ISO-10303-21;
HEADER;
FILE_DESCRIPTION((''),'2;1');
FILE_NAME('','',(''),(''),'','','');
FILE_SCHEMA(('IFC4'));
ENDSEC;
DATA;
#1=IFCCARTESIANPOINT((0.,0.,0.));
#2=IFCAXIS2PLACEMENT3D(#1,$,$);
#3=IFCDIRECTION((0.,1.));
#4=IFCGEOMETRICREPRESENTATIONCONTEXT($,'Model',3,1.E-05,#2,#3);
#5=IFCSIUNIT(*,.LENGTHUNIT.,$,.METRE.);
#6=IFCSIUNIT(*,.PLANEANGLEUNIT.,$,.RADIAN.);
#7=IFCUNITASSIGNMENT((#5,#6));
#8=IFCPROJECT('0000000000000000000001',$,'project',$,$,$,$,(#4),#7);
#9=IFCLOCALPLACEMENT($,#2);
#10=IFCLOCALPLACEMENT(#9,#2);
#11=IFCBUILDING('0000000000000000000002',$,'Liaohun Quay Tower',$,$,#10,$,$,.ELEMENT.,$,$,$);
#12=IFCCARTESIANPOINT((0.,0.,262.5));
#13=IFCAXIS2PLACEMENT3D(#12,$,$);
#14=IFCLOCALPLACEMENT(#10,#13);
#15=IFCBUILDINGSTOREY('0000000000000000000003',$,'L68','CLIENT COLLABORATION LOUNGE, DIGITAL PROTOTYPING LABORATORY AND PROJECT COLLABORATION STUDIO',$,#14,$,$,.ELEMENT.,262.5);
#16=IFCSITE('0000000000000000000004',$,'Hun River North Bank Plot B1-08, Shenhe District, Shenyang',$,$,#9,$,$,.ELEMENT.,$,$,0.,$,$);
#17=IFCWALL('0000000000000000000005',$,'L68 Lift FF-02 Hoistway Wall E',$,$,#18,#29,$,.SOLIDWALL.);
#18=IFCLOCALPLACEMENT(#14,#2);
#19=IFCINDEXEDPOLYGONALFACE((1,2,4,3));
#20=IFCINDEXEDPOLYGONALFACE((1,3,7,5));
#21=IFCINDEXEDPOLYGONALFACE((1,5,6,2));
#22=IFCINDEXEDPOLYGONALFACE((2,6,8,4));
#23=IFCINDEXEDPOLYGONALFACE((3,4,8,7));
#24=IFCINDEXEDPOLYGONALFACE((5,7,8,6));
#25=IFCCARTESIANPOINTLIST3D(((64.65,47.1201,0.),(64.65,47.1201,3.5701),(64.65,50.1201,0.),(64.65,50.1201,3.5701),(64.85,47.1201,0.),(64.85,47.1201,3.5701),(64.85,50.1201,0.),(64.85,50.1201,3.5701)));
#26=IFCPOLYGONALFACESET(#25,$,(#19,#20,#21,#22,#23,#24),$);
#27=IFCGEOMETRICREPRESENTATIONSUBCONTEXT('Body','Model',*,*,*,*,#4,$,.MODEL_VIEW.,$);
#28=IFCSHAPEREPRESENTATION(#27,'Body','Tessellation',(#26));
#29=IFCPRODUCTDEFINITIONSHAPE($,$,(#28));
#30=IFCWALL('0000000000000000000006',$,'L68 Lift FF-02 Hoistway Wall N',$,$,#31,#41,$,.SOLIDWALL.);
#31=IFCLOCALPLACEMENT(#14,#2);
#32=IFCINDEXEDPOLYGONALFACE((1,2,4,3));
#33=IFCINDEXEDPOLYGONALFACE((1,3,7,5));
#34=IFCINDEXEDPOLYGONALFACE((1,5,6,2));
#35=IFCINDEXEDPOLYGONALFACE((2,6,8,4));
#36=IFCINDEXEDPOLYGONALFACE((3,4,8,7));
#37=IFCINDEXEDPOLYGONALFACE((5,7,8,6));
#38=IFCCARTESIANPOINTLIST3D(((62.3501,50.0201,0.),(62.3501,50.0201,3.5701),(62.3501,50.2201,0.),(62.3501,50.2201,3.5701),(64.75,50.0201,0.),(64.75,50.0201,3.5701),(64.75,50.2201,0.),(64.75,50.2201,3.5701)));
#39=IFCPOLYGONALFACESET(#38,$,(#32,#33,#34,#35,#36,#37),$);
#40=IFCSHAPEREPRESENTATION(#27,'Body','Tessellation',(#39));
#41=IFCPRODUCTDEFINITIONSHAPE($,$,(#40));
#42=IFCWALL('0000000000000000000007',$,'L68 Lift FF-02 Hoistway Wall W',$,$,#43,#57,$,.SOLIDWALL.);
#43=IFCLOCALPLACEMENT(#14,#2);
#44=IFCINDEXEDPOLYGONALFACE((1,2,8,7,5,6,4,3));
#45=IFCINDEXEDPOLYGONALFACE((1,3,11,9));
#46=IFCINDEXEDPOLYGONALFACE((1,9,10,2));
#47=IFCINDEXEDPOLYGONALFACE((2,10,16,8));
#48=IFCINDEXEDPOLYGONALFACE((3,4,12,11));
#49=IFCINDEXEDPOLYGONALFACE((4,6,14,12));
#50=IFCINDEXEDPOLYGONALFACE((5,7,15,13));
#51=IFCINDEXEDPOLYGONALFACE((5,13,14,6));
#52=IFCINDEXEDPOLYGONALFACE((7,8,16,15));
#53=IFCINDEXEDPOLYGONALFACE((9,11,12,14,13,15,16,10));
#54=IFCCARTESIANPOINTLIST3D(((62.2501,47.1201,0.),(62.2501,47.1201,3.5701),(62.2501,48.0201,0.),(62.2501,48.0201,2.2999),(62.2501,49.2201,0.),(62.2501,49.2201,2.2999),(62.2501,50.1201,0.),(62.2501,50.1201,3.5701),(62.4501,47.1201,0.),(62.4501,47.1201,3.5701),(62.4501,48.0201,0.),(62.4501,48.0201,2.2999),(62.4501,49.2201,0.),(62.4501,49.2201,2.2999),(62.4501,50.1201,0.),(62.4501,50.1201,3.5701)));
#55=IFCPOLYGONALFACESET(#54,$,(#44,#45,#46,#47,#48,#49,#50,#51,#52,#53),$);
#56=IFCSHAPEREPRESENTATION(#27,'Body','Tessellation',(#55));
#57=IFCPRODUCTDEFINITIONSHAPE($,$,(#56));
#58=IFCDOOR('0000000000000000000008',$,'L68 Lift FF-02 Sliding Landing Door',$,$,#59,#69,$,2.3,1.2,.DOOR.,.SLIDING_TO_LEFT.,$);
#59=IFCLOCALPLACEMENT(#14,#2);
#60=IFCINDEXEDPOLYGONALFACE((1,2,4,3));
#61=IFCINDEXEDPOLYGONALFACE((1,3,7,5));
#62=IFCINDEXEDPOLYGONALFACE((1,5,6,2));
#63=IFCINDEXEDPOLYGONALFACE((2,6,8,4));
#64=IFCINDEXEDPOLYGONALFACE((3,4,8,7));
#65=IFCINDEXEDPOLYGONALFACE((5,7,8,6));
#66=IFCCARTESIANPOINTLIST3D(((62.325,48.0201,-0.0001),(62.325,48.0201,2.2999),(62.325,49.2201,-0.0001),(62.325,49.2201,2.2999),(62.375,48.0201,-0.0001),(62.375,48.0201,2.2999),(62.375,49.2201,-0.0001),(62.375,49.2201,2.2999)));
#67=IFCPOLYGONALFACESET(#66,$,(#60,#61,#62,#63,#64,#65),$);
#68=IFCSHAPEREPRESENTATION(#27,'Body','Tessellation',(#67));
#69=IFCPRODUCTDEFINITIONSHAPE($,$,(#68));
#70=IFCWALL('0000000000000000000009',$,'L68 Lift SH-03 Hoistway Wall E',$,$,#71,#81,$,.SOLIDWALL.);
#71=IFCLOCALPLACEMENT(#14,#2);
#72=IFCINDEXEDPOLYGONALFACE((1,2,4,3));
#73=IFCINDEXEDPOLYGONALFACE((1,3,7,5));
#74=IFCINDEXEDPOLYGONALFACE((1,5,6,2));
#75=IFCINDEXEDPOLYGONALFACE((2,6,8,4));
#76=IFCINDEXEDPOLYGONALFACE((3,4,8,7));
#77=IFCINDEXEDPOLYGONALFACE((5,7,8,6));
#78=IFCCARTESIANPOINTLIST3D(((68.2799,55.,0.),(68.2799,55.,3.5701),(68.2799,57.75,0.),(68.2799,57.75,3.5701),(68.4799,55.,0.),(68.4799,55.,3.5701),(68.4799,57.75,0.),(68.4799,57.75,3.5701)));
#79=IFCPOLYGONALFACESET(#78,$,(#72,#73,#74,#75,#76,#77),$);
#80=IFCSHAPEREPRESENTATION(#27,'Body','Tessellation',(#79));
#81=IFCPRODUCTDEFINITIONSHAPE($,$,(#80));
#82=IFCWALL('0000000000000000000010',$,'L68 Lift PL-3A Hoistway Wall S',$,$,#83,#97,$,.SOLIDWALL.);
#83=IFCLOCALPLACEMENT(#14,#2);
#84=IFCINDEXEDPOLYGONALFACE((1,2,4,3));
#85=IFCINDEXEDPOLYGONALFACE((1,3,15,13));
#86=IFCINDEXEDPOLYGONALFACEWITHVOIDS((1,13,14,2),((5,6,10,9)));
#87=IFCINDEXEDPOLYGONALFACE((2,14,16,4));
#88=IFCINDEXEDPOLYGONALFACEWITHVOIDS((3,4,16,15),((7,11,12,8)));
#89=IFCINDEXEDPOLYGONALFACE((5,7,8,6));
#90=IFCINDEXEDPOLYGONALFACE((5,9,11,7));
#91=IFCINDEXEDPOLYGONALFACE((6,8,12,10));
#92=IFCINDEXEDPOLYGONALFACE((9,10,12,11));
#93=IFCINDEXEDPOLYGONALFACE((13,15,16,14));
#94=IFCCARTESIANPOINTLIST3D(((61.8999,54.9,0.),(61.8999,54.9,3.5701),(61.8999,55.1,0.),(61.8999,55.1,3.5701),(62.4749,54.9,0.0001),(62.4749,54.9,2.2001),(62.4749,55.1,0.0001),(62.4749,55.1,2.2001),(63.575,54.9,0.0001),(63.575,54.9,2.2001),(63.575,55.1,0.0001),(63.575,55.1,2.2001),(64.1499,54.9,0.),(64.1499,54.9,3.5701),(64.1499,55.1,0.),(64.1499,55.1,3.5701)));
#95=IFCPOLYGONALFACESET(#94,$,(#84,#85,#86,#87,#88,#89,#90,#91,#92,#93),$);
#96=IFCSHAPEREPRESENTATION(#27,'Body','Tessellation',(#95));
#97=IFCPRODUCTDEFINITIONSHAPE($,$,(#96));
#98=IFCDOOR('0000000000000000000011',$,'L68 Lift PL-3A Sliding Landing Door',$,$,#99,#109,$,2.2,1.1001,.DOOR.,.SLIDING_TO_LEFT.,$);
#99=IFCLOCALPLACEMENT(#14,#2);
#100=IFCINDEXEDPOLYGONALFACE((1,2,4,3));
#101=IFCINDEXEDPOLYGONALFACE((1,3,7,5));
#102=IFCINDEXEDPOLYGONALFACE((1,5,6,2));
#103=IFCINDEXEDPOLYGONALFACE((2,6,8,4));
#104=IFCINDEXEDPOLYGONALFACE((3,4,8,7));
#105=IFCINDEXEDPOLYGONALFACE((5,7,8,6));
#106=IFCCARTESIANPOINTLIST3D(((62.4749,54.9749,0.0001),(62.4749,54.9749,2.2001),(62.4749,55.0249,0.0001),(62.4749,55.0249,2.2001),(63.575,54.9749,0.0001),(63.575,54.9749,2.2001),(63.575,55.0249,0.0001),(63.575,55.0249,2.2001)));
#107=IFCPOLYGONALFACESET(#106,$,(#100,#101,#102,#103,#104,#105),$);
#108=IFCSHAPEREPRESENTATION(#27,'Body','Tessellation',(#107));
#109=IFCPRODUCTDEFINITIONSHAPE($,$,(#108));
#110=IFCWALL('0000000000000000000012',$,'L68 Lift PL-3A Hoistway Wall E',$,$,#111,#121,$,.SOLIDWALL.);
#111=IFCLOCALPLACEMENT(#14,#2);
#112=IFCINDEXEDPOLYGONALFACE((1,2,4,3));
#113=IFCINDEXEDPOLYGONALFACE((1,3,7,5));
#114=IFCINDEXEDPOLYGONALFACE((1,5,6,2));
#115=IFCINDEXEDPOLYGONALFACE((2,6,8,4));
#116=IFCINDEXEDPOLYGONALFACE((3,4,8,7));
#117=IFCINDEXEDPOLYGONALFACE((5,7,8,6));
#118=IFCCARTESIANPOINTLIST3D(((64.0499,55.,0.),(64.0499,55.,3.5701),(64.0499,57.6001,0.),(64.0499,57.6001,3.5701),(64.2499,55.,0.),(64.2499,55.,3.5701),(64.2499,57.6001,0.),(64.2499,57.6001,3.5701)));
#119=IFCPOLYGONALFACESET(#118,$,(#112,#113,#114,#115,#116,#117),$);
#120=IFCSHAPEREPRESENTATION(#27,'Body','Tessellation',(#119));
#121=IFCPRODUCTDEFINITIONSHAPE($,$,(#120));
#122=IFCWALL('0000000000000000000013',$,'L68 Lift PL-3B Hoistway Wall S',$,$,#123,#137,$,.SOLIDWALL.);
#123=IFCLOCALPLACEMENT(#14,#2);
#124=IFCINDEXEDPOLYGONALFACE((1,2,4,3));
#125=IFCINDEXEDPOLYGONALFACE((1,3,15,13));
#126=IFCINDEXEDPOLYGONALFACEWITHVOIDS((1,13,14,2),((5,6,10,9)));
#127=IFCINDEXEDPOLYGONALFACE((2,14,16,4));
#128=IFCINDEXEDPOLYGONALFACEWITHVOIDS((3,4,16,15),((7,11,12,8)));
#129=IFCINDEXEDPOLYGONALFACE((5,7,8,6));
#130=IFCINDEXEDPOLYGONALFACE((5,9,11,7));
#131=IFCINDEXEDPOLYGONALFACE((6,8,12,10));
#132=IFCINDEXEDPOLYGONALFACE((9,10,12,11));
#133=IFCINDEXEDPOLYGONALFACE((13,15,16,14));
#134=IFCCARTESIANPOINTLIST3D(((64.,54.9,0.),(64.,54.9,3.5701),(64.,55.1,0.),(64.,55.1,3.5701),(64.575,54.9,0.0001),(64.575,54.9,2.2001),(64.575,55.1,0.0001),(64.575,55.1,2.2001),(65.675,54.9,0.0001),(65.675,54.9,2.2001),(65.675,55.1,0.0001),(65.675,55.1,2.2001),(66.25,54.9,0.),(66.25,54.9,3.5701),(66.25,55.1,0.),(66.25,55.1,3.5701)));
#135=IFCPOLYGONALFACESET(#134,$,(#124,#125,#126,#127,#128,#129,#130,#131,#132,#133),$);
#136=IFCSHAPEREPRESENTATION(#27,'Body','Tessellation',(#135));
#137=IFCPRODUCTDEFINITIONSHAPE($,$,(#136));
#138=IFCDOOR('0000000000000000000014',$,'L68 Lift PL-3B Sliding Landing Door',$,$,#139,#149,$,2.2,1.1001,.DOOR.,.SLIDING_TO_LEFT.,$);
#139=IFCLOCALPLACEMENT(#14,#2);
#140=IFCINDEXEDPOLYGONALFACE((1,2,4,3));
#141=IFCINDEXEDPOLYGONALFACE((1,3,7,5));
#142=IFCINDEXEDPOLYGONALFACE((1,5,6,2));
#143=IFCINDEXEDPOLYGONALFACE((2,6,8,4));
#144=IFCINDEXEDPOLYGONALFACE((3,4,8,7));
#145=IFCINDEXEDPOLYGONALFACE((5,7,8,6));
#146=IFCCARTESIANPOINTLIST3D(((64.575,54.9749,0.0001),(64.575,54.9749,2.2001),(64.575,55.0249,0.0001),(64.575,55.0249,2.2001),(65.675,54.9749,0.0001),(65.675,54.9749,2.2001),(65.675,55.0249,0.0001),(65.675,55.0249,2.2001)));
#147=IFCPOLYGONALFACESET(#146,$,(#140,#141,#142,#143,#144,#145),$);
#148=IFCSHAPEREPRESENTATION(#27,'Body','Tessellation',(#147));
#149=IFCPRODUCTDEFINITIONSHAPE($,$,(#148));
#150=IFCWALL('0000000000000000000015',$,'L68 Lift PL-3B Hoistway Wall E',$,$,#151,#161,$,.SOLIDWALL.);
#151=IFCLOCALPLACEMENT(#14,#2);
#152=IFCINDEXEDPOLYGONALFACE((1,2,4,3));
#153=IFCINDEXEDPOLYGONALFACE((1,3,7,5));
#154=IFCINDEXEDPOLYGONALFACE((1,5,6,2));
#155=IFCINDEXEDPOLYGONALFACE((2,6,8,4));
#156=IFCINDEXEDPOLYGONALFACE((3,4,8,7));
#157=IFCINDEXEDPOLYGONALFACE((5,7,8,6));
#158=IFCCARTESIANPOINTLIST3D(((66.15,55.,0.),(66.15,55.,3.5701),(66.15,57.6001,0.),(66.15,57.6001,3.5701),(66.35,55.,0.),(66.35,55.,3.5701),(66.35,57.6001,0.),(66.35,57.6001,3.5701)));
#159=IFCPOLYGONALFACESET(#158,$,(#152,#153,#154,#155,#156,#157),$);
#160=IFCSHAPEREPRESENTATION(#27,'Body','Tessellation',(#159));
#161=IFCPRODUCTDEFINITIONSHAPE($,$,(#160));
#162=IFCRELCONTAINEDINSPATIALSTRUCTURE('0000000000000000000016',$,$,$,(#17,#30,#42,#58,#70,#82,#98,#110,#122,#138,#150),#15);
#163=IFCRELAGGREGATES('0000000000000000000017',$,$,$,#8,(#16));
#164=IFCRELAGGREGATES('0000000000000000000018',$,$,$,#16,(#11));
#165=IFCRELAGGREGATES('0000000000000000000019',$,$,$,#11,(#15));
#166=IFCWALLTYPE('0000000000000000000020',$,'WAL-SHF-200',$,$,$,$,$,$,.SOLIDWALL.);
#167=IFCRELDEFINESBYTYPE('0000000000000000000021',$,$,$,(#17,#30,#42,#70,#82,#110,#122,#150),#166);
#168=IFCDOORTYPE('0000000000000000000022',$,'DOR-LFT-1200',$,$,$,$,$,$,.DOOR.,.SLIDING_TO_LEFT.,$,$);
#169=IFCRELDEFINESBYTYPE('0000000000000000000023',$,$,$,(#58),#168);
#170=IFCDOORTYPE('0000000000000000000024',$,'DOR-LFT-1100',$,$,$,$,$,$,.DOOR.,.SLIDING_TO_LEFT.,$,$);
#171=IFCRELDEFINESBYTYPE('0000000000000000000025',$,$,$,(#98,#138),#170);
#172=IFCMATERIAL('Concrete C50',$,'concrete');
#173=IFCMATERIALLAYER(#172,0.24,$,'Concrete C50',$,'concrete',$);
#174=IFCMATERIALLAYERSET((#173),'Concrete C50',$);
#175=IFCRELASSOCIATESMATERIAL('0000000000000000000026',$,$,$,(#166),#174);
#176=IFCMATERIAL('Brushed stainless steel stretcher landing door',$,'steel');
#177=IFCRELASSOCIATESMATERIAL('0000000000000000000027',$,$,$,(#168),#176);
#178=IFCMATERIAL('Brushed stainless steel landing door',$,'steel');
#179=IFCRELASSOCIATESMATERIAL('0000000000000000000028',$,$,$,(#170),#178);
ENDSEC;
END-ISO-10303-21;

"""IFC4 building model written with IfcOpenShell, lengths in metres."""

from ifc_helpers import new_model, si_unit, direction, frame, frame_2d, origin, place, context, subcontext, project, spatial, rectangle, extrude, source, transform, mapped, material, layer, layer_set, type_object, element, fill, save


model = new_model("IFC4")

# Units and contexts
model_context = context("Model", 3, precision=1e-05, world=origin(), true_north=direction((0.0, 1.0)))
body_context = subcontext(model_context, "Body", "Model", "MODEL_VIEW")
ifc_project = project(units=[si_unit("LENGTHUNIT", "METRE"), si_unit("PLANEANGLEUNIT", "RADIAN")], contexts=[model_context])

# Site, building, storey
site_placement = place(None, origin())
site = spatial("IfcSite", under=ifc_project, at=site_placement, Name="Hun River North Bank Plot B1-08, Shenhe District, Shenyang", CompositionType="ELEMENT", RefElevation=0.0)
building_placement = place(site_placement, origin())
building = spatial("IfcBuilding", under=site, at=building_placement, Name="Liaohun Quay Tower", CompositionType="ELEMENT")
storey_placement = place(building_placement, frame((0.0, 0.0, 262.5)))
storey = spatial("IfcBuildingStorey", under=building, at=storey_placement, Name="L68", Description="CLIENT COLLABORATION LOUNGE, DIGITAL PROTOTYPING LABORATORY AND PROJECT COLLABORATION STUDIO", CompositionType="ELEMENT", Elevation=262.5)

# Shared definitions
ifc_material_1 = material(Name="Concrete C50", Category="concrete")
ifc_layer_1 = layer(ifc_material_1, 0.24, Name="Concrete C50", Category="concrete")
ifc_layer_set_1 = layer_set([ifc_layer_1], Name="Concrete C50")
wall_type_1 = type_object("IfcWallType", Name="WAL-SHF-200", PredefinedType="SOLIDWALL", material=ifc_layer_set_1)

# Walls
wall_1_placement = place(storey_placement, frame((64.75, 47.1201, 0.0), z_axis=(0.0, 0.0, 1.0), x_axis=(0.0, 1.0, 0.0)))
element("IfcWall", 1, at=wall_1_placement, inside=storey, type_object=wall_type_1, Name="L68 Lift FF-02 Hoistway Wall E", PredefinedType="SOLIDWALL", context=body_context, shape_type="SweptSolid", body=[
    extrude(rectangle(XDim=3.0, YDim=0.2, at=frame_2d((1.5, 0.0))), origin(), (0.0, 0.0, 1.0), 3.5701),
])
wall_2_placement = place(storey_placement, frame((64.75, 50.1201, 0.0), z_axis=(0.0, 0.0, 1.0), x_axis=(-1.0, 0.0, 0.0)))
element("IfcWall", 2, at=wall_2_placement, inside=storey, type_object=wall_type_1, Name="L68 Lift FF-02 Hoistway Wall N", PredefinedType="SOLIDWALL", context=body_context, shape_type="SweptSolid", body=[
    extrude(rectangle(XDim=2.3999, YDim=0.2, at=frame_2d((1.2, 0.0))), origin(), (0.0, 0.0, 1.0), 3.5701),
])

# Wall, opening, door
wall_3_placement = place(storey_placement, frame((62.3501, 50.1201, 0.0), z_axis=(0.0, 0.0, 1.0), x_axis=(0.0, -1.0, 0.0)))
wall_3 = element("IfcWall", 3, at=wall_3_placement, inside=storey, type_object=wall_type_1, Name="L68 Lift FF-02 Hoistway Wall W", PredefinedType="SOLIDWALL", context=body_context, shape_type="SweptSolid", body=[
    extrude(rectangle(XDim=3.0, YDim=0.2, at=frame_2d((1.5, 0.0))), origin(), (0.0, 0.0, 1.0), 3.5701),
])
shared_shape_1 = source(origin(), body_context, "Body", "SweptSolid", [
    extrude(rectangle(XDim=1.2, YDim=2.3, at=frame_2d((0.6001, 1.1499))), frame((0.0, 0.1099, 0.0), z_axis=(0.0, -1.0, 0.0), x_axis=(1.0, 0.0, 0.0)), (0.0, 0.0, 1.0), 0.22),
])
opening_1_placement = place(wall_3_placement, frame((0.8999, 0.0, 0.0)))
opening_1 = element("IfcOpeningElement", 4, at=opening_1_placement, cuts=wall_3, PredefinedType="OPENING", context=body_context, shape_type="MappedRepresentation", body=[
    mapped(shared_shape_1, transform((0.0, 0.0, 0.0), x_axis=(1.0, 0.0, 0.0), y_axis=(0.0, 1.0, 0.0), z_axis=(0.0, 0.0, 1.0), scale=1.0)),
])
ifc_material_2 = material(Name="Brushed stainless steel stretcher landing door", Category="steel")
door_type_1 = type_object("IfcDoorType", Name="DOR-LFT-1200", OperationType="SLIDING_TO_LEFT", PredefinedType="DOOR", material=ifc_material_2)
shared_shape_2 = source(origin(), body_context, "Body", "SweptSolid", [
    extrude(rectangle(XDim=1.2, YDim=2.3, at=frame_2d((0.6001, 1.1499))), frame((0.0, 0.0249, 0.0), z_axis=(0.0, -1.0, 0.0), x_axis=(1.0, 0.0, 0.0)), (0.0, 0.0, 1.0), 0.05),
])
door_1_placement = place(opening_1_placement, origin())
door_1 = element("IfcDoor", 5, at=door_1_placement, inside=storey, type_object=door_type_1, Name="L68 Lift FF-02 Sliding Landing Door", OperationType="SLIDING_TO_LEFT", OverallHeight=2.3, OverallWidth=1.2, PredefinedType="DOOR", context=body_context, shape_type="MappedRepresentation", body=[
    mapped(shared_shape_2, transform((0.0, 0.0, 0.0), x_axis=(1.0, 0.0, 0.0), y_axis=(0.0, 1.0, 0.0), z_axis=(0.0, 0.0, 1.0), scale=1.0)),
])
fill(opening_1, door_1)

# Wall
wall_4_placement = place(storey_placement, frame((68.3799, 55.0, 0.0), z_axis=(0.0, 0.0, 1.0), x_axis=(0.0, 1.0, 0.0)))
element("IfcWall", 6, at=wall_4_placement, inside=storey, type_object=wall_type_1, Name="L68 Lift SH-03 Hoistway Wall E", PredefinedType="SOLIDWALL", context=body_context, shape_type="SweptSolid", body=[
    extrude(rectangle(XDim=2.75, YDim=0.2, at=frame_2d((1.375, 0.0))), origin(), (0.0, 0.0, 1.0), 3.5701),
])

# Wall, opening, door
wall_5_placement = place(storey_placement, frame((61.8999, 55.0, 0.0), z_axis=(0.0, 0.0, 1.0), x_axis=(1.0, 0.0, 0.0)))
wall_5 = element("IfcWall", 7, at=wall_5_placement, inside=storey, type_object=wall_type_1, Name="L68 Lift PL-3A Hoistway Wall S", PredefinedType="SOLIDWALL", context=body_context, shape_type="SweptSolid", body=[
    extrude(rectangle(XDim=2.25, YDim=0.2, at=frame_2d((1.125, 0.0))), origin(), (0.0, 0.0, 1.0), 3.5701),
])
shared_shape_3 = source(origin(), body_context, "Body", "SweptSolid", [
    extrude(rectangle(XDim=1.1001, YDim=2.2, at=frame_2d((0.55, 1.1001))), frame((0.0, 0.1099, 0.0), z_axis=(0.0, -1.0, 0.0), x_axis=(1.0, 0.0, 0.0)), (0.0, 0.0, 1.0), 0.22),
])
opening_2_placement = place(wall_5_placement, frame((0.575, 0.0, 0.0)))
opening_2 = element("IfcOpeningElement", 8, at=opening_2_placement, cuts=wall_5, PredefinedType="OPENING", context=body_context, shape_type="MappedRepresentation", body=[
    mapped(shared_shape_3, transform((0.0, 0.0, 0.0), x_axis=(1.0, 0.0, 0.0), y_axis=(0.0, 1.0, 0.0), z_axis=(0.0, 0.0, 1.0), scale=1.0)),
])
ifc_material_3 = material(Name="Brushed stainless steel landing door", Category="steel")
door_type_2 = type_object("IfcDoorType", Name="DOR-LFT-1100", OperationType="SLIDING_TO_LEFT", PredefinedType="DOOR", material=ifc_material_3)
shared_shape_4 = source(origin(), body_context, "Body", "SweptSolid", [
    extrude(rectangle(XDim=1.1001, YDim=2.2, at=frame_2d((0.55, 1.1001))), frame((0.0, 0.0249, 0.0), z_axis=(0.0, -1.0, 0.0), x_axis=(1.0, 0.0, 0.0)), (0.0, 0.0, 1.0), 0.05),
])
door_2_placement = place(opening_2_placement, origin())
door_2 = element("IfcDoor", 9, at=door_2_placement, inside=storey, type_object=door_type_2, Name="L68 Lift PL-3A Sliding Landing Door", OperationType="SLIDING_TO_LEFT", OverallHeight=2.2, OverallWidth=1.1001, PredefinedType="DOOR", context=body_context, shape_type="MappedRepresentation", body=[
    mapped(shared_shape_4, transform((0.0, 0.0, 0.0), x_axis=(1.0, 0.0, 0.0), y_axis=(0.0, 1.0, 0.0), z_axis=(0.0, 0.0, 1.0), scale=1.0)),
])
fill(opening_2, door_2)

# Wall
wall_6_placement = place(storey_placement, frame((64.1499, 55.0, 0.0), z_axis=(0.0, 0.0, 1.0), x_axis=(0.0, 1.0, 0.0)))
element("IfcWall", 10, at=wall_6_placement, inside=storey, type_object=wall_type_1, Name="L68 Lift PL-3A Hoistway Wall E", PredefinedType="SOLIDWALL", context=body_context, shape_type="SweptSolid", body=[
    extrude(rectangle(XDim=2.6001, YDim=0.2, at=frame_2d((1.3, 0.0))), origin(), (0.0, 0.0, 1.0), 3.5701),
])

# Wall, opening, door
wall_7_placement = place(storey_placement, frame((64.0, 55.0, 0.0), z_axis=(0.0, 0.0, 1.0), x_axis=(1.0, 0.0, 0.0)))
wall_7 = element("IfcWall", 11, at=wall_7_placement, inside=storey, type_object=wall_type_1, Name="L68 Lift PL-3B Hoistway Wall S", PredefinedType="SOLIDWALL", context=body_context, shape_type="SweptSolid", body=[
    extrude(rectangle(XDim=2.25, YDim=0.2, at=frame_2d((1.125, 0.0))), origin(), (0.0, 0.0, 1.0), 3.5701),
])
opening_3_placement = place(wall_7_placement, frame((0.575, 0.0, 0.0)))
opening_3 = element("IfcOpeningElement", 12, at=opening_3_placement, cuts=wall_7, PredefinedType="OPENING", context=body_context, shape_type="MappedRepresentation", body=[
    mapped(shared_shape_3, transform((0.0, 0.0, 0.0), x_axis=(1.0, 0.0, 0.0), y_axis=(0.0, 1.0, 0.0), z_axis=(0.0, 0.0, 1.0), scale=1.0)),
])
door_3_placement = place(opening_3_placement, origin())
door_3 = element("IfcDoor", 13, at=door_3_placement, inside=storey, type_object=door_type_2, Name="L68 Lift PL-3B Sliding Landing Door", OperationType="SLIDING_TO_LEFT", OverallHeight=2.2, OverallWidth=1.1001, PredefinedType="DOOR", context=body_context, shape_type="MappedRepresentation", body=[
    mapped(shared_shape_4, transform((0.0, 0.0, 0.0), x_axis=(1.0, 0.0, 0.0), y_axis=(0.0, 1.0, 0.0), z_axis=(0.0, 0.0, 1.0), scale=1.0)),
])
fill(opening_3, door_3)

# Wall
wall_8_placement = place(storey_placement, frame((66.25, 55.0, 0.0), z_axis=(0.0, 0.0, 1.0), x_axis=(0.0, 1.0, 0.0)))
element("IfcWall", 14, at=wall_8_placement, inside=storey, type_object=wall_type_1, Name="L68 Lift PL-3B Hoistway Wall E", PredefinedType="SOLIDWALL", context=body_context, shape_type="SweptSolid", body=[
    extrude(rectangle(XDim=2.6001, YDim=0.2, at=frame_2d((1.3, 0.0))), origin(), (0.0, 0.0, 1.0), 3.5701),
])

save(model, "model.ifc")
